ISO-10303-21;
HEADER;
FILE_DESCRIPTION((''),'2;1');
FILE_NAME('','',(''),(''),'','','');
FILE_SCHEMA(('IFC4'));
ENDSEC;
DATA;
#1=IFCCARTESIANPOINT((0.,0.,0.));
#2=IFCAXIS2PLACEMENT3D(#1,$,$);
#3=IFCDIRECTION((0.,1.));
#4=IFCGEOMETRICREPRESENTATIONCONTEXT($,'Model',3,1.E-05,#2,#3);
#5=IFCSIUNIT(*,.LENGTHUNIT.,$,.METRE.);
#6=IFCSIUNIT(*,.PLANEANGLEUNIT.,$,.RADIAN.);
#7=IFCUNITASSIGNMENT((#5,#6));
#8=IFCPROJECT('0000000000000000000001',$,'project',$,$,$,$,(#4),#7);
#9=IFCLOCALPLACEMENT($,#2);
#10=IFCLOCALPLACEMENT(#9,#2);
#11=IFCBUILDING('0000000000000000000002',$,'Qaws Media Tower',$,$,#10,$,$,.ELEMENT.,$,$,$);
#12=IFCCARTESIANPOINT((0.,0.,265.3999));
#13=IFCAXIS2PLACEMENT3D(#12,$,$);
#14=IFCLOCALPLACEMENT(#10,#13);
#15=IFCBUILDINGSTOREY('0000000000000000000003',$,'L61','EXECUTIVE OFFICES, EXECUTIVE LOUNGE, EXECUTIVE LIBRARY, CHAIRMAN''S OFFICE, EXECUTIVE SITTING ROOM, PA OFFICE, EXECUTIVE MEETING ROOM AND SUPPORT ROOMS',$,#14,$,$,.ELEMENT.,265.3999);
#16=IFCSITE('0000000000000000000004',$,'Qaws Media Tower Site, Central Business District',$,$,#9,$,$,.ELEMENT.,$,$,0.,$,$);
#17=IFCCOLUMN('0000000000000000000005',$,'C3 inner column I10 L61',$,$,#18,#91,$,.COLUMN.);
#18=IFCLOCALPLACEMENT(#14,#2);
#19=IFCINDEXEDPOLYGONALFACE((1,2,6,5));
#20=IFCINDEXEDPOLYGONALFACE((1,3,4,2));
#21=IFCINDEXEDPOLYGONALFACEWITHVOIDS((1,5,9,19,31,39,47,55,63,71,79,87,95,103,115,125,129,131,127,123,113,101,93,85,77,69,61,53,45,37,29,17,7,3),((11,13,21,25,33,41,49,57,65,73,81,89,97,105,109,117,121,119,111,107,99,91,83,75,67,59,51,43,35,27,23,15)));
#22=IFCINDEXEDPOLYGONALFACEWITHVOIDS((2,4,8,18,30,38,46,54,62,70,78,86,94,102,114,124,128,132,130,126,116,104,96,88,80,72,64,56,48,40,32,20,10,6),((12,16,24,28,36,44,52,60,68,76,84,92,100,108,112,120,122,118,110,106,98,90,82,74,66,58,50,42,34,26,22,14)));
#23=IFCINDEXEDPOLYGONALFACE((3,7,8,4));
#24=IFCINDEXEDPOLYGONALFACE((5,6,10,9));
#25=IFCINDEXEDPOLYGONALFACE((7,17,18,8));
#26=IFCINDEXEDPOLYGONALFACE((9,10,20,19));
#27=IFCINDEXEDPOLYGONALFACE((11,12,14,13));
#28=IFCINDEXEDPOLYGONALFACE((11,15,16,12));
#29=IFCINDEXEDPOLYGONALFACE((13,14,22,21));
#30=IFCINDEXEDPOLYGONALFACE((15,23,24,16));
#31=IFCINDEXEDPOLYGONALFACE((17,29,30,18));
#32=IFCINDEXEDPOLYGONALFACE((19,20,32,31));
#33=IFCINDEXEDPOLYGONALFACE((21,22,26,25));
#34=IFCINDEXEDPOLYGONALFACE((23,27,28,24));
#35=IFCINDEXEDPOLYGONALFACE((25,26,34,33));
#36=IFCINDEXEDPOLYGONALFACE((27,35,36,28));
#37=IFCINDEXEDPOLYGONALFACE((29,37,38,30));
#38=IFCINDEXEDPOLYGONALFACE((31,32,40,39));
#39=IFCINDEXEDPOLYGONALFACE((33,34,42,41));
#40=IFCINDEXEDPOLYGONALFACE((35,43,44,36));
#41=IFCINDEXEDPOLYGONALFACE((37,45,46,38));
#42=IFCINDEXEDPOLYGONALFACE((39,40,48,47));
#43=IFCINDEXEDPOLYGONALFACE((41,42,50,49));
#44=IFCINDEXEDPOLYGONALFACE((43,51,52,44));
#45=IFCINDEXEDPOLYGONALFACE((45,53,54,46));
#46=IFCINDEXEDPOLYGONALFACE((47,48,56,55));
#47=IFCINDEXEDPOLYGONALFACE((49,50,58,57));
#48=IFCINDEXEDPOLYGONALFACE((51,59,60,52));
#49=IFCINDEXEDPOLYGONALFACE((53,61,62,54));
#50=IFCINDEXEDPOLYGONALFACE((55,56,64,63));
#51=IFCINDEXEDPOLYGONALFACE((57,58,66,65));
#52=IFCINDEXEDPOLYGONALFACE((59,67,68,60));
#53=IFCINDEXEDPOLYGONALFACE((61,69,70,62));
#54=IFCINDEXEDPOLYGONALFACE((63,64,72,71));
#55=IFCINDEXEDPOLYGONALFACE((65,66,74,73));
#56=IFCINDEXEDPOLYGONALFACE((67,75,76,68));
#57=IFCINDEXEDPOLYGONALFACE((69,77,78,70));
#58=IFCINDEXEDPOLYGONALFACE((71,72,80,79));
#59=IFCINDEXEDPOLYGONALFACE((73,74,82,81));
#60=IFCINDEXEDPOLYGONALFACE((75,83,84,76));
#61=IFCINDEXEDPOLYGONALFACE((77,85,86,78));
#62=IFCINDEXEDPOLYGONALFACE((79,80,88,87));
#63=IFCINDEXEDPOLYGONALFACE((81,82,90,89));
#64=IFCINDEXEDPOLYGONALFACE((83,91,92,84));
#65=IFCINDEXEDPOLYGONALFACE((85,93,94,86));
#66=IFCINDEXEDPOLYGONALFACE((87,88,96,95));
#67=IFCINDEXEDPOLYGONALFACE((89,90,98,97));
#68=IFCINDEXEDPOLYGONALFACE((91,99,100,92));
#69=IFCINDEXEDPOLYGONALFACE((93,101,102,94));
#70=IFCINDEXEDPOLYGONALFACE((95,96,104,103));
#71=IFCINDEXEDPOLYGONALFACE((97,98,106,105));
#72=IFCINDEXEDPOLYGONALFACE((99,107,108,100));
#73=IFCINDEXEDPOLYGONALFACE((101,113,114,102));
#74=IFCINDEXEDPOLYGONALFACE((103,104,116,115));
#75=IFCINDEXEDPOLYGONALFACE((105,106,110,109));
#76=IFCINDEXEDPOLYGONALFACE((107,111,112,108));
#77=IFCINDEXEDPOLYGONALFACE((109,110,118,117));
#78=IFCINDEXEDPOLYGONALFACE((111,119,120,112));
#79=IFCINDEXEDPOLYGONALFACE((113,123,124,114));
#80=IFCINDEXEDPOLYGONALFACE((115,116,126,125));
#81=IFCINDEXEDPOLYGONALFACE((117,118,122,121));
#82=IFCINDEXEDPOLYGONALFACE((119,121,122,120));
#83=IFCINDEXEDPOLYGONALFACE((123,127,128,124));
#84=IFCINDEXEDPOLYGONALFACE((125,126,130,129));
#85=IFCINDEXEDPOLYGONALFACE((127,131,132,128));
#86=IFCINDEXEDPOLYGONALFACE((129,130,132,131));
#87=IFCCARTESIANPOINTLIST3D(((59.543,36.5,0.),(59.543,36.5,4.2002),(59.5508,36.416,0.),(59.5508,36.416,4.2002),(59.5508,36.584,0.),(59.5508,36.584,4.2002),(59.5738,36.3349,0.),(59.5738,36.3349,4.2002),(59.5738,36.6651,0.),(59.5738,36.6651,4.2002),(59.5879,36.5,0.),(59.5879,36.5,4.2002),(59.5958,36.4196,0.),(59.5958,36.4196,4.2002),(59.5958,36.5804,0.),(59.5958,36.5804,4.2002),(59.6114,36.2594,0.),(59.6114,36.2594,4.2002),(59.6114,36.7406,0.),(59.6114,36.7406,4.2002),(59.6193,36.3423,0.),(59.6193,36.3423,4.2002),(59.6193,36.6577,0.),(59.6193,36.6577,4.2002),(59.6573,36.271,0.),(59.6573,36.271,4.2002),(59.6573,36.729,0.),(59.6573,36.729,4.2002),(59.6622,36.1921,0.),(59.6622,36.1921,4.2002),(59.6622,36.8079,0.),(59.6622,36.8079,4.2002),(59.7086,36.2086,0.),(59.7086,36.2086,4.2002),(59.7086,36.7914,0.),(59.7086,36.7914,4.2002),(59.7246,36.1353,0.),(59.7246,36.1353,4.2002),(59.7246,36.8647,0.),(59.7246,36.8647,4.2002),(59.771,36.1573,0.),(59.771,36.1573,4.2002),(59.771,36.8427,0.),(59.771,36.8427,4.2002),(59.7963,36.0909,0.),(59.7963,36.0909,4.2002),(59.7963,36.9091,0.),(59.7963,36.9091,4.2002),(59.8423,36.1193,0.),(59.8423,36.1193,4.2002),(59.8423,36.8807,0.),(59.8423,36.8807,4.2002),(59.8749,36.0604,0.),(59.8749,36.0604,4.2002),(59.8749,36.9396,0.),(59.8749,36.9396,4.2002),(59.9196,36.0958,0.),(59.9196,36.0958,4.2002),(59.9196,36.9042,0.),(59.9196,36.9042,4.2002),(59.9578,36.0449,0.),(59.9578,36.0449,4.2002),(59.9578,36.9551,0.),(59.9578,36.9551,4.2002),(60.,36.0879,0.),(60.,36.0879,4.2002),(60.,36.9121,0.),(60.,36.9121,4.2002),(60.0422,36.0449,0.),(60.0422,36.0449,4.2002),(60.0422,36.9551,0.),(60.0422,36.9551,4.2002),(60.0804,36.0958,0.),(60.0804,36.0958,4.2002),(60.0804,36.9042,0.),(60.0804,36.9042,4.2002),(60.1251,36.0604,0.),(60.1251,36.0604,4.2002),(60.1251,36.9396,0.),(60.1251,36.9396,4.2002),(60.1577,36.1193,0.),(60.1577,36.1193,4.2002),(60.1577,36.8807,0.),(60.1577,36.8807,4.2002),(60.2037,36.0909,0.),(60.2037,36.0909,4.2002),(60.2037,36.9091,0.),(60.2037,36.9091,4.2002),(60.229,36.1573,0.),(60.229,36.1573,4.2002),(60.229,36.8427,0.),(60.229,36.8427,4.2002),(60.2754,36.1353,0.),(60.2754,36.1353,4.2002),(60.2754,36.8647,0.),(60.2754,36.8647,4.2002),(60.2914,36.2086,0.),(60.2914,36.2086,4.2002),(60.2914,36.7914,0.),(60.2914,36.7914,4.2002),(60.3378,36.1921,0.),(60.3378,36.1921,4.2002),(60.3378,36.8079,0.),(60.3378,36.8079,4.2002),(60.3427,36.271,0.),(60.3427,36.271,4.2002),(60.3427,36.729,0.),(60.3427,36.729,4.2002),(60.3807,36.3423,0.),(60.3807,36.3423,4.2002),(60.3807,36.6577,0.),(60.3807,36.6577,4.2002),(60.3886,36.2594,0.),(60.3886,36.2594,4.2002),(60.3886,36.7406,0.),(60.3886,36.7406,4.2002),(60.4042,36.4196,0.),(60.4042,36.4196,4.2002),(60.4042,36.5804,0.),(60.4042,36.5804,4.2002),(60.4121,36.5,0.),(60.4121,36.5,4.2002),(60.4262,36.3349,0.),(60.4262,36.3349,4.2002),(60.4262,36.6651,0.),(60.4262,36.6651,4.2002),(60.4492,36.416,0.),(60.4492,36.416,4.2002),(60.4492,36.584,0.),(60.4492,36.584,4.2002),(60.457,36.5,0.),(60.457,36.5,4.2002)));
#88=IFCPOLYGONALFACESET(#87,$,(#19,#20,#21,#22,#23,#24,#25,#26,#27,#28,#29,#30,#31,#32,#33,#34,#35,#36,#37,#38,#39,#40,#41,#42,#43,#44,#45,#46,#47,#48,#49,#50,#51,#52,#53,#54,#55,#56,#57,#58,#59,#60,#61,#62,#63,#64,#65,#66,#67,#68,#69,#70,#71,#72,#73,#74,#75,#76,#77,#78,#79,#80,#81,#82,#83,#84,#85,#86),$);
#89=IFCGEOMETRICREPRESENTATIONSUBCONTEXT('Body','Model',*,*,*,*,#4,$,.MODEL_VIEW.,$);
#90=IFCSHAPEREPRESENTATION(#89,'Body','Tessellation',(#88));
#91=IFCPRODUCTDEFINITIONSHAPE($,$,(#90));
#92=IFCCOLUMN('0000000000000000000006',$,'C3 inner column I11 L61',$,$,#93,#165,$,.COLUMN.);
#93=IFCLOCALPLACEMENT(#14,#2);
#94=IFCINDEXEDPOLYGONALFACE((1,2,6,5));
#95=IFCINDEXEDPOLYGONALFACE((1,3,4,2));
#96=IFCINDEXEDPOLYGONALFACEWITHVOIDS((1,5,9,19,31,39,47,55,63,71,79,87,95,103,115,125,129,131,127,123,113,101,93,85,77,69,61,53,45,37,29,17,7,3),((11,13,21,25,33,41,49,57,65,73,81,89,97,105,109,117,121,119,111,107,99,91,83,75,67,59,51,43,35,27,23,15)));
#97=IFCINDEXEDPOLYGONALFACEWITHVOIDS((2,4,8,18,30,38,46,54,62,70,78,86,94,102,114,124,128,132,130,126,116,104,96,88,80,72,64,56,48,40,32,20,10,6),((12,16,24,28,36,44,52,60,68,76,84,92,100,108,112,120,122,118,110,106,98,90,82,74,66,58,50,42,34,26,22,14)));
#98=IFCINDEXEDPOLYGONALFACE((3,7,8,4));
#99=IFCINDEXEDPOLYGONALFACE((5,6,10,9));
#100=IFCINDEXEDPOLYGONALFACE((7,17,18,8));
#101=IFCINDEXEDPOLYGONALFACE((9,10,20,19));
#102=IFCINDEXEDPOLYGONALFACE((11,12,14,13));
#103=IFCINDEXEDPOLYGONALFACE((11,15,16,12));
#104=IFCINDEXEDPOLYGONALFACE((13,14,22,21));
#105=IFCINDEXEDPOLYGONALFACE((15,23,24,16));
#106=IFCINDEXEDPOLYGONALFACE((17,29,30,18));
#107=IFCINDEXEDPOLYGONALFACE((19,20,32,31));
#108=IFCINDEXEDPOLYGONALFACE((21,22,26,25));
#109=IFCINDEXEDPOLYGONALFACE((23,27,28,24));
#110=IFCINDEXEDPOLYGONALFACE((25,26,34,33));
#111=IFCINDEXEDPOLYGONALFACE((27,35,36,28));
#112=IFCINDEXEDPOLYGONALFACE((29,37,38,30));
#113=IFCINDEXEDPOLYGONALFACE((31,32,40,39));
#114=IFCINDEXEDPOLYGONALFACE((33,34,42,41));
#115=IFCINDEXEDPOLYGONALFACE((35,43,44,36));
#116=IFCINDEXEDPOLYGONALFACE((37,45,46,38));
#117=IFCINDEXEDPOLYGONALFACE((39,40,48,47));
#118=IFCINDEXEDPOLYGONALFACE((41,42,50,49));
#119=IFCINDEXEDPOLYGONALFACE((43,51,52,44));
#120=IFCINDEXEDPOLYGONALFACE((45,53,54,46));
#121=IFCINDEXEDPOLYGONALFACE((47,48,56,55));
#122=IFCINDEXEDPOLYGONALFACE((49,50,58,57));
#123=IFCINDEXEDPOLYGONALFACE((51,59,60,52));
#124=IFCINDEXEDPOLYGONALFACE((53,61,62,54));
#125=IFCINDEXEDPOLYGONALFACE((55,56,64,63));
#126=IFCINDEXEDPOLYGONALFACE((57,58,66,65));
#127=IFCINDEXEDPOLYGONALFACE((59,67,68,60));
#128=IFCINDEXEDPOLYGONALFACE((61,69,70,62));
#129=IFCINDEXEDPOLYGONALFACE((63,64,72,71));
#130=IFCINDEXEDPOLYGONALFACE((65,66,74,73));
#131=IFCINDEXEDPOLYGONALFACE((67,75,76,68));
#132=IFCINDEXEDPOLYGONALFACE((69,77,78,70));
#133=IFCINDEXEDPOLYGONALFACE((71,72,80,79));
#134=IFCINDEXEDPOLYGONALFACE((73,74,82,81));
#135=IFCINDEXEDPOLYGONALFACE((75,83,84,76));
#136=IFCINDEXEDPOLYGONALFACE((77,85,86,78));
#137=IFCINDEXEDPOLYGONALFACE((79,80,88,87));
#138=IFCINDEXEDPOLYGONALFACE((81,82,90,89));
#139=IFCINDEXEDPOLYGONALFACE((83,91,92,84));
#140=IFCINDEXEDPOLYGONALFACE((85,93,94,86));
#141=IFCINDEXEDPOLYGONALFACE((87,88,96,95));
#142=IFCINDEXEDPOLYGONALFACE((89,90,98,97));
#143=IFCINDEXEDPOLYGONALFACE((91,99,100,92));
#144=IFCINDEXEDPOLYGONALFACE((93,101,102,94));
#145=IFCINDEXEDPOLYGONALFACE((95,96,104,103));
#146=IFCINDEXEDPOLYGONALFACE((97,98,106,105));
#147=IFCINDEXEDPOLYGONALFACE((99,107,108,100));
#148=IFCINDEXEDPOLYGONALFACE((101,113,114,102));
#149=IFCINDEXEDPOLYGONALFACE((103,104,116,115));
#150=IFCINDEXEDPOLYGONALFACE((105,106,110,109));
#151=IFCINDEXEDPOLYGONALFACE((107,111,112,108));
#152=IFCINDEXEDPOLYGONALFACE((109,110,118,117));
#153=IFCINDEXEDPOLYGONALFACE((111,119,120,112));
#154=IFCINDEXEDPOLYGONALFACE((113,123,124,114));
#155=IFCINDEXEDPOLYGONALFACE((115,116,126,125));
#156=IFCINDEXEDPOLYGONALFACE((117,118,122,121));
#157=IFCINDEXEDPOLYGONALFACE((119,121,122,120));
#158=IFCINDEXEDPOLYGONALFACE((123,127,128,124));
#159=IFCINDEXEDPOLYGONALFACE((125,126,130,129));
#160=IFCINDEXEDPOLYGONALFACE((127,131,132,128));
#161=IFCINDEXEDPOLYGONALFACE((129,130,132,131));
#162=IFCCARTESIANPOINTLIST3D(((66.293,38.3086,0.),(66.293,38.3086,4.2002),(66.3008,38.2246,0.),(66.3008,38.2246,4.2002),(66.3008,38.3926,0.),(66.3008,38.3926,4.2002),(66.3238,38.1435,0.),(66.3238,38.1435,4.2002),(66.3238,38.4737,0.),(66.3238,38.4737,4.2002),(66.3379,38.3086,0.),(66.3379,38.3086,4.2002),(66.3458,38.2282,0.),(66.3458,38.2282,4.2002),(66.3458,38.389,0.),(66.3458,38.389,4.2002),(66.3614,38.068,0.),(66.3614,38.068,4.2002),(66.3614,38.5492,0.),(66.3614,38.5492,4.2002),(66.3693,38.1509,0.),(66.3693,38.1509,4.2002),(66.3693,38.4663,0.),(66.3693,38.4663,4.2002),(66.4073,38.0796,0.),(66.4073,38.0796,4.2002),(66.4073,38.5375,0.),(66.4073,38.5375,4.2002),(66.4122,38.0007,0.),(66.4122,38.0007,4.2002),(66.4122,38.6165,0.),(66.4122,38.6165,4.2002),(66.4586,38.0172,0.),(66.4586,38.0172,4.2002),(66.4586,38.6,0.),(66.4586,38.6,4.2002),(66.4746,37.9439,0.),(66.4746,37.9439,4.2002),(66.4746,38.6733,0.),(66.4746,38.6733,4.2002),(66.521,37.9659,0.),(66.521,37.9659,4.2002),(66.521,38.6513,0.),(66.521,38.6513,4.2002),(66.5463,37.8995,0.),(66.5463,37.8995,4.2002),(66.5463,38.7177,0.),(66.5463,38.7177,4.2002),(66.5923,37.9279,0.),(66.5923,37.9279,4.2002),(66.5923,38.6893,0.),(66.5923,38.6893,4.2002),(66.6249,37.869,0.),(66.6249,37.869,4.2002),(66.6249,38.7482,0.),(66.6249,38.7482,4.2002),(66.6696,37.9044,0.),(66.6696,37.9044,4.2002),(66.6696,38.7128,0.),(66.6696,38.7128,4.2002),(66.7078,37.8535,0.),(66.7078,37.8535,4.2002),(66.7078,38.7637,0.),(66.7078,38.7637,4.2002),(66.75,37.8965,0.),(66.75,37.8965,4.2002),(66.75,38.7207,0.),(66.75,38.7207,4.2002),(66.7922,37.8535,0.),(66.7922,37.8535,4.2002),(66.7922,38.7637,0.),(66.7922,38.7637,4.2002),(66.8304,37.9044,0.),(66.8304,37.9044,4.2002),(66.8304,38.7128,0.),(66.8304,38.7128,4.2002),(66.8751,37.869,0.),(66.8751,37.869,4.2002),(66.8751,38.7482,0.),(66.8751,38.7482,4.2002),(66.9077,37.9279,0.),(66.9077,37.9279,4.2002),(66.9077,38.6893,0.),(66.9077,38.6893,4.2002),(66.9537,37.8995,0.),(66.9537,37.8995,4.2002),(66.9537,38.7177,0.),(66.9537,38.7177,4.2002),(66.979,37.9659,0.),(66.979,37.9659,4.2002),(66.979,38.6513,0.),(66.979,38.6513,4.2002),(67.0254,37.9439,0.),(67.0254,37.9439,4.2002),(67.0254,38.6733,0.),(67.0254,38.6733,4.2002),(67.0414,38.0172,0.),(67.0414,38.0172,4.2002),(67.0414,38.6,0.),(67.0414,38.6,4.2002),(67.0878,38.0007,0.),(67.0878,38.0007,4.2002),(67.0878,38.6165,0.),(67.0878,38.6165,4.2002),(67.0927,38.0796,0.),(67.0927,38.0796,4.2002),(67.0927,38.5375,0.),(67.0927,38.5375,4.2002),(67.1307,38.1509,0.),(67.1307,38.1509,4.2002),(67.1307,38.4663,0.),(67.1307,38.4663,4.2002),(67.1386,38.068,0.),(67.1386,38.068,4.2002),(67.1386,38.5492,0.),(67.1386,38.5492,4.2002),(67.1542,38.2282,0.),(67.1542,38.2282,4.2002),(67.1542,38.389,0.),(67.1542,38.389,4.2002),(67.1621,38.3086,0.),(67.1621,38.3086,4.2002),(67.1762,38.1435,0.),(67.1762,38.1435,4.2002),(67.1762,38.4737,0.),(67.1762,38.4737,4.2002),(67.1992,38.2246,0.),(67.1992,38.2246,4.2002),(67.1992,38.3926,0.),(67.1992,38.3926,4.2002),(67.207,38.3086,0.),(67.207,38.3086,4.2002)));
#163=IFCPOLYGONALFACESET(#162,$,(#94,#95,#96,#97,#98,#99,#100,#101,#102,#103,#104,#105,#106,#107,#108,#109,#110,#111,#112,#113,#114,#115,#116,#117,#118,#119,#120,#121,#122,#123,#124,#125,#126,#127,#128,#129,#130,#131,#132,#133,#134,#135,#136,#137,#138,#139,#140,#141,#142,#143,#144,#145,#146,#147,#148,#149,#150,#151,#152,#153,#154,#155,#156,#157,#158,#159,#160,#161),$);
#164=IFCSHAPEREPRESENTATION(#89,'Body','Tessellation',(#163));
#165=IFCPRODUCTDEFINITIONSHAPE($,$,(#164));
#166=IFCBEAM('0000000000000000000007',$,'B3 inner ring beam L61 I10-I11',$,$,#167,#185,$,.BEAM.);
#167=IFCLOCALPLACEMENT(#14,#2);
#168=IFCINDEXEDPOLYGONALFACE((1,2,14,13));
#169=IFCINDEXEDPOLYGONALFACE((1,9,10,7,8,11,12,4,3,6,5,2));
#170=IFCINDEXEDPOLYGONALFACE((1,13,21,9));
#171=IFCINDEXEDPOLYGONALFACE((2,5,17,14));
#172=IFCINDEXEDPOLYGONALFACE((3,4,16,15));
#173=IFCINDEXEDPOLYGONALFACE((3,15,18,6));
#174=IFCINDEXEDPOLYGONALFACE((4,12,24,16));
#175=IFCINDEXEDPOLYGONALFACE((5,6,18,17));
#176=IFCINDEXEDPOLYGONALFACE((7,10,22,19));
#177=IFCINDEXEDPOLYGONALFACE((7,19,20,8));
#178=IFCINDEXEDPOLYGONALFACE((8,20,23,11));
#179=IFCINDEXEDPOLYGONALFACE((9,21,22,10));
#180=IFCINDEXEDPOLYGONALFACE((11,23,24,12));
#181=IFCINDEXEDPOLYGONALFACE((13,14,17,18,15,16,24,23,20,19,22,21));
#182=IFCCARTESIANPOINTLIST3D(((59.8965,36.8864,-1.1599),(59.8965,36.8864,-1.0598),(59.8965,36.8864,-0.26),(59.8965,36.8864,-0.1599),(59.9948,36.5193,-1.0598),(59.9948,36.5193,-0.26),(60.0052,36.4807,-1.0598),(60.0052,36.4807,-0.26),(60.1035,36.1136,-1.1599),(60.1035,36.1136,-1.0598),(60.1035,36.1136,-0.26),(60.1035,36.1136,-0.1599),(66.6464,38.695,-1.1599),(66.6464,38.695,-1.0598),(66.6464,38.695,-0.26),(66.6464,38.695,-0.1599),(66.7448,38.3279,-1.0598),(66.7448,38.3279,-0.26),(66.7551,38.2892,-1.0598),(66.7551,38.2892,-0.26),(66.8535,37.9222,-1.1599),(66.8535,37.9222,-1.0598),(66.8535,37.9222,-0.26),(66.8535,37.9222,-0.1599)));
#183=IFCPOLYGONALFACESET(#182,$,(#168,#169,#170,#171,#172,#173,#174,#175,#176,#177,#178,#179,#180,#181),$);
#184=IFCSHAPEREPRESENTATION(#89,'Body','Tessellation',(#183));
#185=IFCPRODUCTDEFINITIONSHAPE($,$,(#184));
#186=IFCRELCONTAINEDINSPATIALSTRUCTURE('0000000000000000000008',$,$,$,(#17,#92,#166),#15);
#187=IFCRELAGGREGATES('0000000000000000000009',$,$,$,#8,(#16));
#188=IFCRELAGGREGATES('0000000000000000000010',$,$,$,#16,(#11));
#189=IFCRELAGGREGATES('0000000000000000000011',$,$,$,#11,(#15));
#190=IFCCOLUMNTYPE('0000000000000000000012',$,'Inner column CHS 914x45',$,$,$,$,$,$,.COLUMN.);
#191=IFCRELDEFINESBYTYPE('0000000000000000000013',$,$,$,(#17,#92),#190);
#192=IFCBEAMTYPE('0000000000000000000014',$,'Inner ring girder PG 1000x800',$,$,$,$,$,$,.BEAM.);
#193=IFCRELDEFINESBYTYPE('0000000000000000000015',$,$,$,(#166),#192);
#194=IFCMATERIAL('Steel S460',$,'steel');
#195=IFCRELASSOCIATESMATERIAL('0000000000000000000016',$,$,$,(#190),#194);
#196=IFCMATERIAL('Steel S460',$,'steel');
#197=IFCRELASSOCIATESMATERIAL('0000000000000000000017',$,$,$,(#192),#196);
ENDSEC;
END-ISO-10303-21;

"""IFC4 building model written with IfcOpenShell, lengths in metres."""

from ifc_helpers import new_model, si_unit, direction, frame, origin, origin_2d, place, context, subcontext, project, spatial, hollow_circle, i_section, extrude, material, material_profile, profile_set, type_object, element, save


model = new_model("IFC4")

# Units and contexts
model_context = context("Model", 3, precision=1e-05, world=origin(), true_north=direction((0.0, 1.0)))
body_context = subcontext(model_context, "Body", "Model", "MODEL_VIEW")
ifc_project = project(units=[si_unit("LENGTHUNIT", "METRE"), si_unit("PLANEANGLEUNIT", "RADIAN")], contexts=[model_context])

# Site, building, storey
site_placement = place(None, origin())
site = spatial("IfcSite", under=ifc_project, at=site_placement, Name="Qaws Media Tower Site, Central Business District", CompositionType="ELEMENT", RefElevation=0.0)
building_placement = place(site_placement, origin())
building = spatial("IfcBuilding", under=site, at=building_placement, Name="Qaws Media Tower", CompositionType="ELEMENT")
storey_placement = place(building_placement, frame((0.0, 0.0, 265.3999)))
storey = spatial("IfcBuildingStorey", under=building, at=storey_placement, Name="L61", Description="EXECUTIVE OFFICES, EXECUTIVE LOUNGE, EXECUTIVE LIBRARY, CHAIRMAN'S OFFICE, EXECUTIVE SITTING ROOM, PA OFFICE, EXECUTIVE MEETING ROOM AND SUPPORT ROOMS", CompositionType="ELEMENT", Elevation=265.3999)

# Columns
ifc_material_1 = material(Name="Steel S460", Category="steel")
ifc_material_profile_1 = material_profile(ifc_material_1, hollow_circle(Radius=0.457, WallThickness=0.0449, at=origin_2d()), Name="CHS 914x45")
ifc_profile_set_1 = profile_set([ifc_material_profile_1], Name="Steel S460")
column_type = type_object("IfcColumnType", Name="Inner column CHS 914x45", PredefinedType="COLUMN", material=ifc_profile_set_1)
for number, where, z_axis, x_axis, name in (
    (1, (60.0, 36.5, 0.0), (0.0, 0.0, 1.0), (1.0, 0.0, 0.0), "C3 inner column I10 L61"),
    (2, (66.75, 38.3086, 0.0), (0.0, 0.0, 1.0), (1.0, 0.0, 0.0), "C3 inner column I11 L61"),
):
    element("IfcColumn", number, at=place(storey_placement, frame(where, z_axis=z_axis, x_axis=x_axis)), inside=storey, type_object=column_type, Name=name, PredefinedType="COLUMN", context=body_context, shape_type="SweptSolid", body=[
        extrude(hollow_circle(Radius=0.457, WallThickness=0.0449, at=origin_2d()), origin(), (0.0, 0.0, 1.0), 4.2002),
    ])

# Beam
ifc_material_2 = material(Name="Steel S460", Category="steel")
ifc_material_profile_2 = material_profile(ifc_material_2, i_section(OverallWidth=0.8, OverallDepth=1.0, WebThickness=0.04, FlangeThickness=0.1001, at=origin_2d()), Name="PG 1000x800")
ifc_profile_set_2 = profile_set([ifc_material_profile_2], Name="Steel S460")
beam_type_1 = type_object("IfcBeamType", Name="Inner ring girder PG 1000x800", PredefinedType="BEAM", material=ifc_profile_set_2)
beam_1_placement = place(storey_placement, frame((60.0, 36.5, -0.6599), z_axis=(0.965928, 0.258811, 0.0), x_axis=(-0.258811, 0.965928, 0.0)))
element("IfcBeam", 3, at=beam_1_placement, inside=storey, type_object=beam_type_1, Name="B3 inner ring beam L61 I10-I11", PredefinedType="BEAM", context=body_context, shape_type="SweptSolid", body=[
    extrude(i_section(OverallWidth=0.8, OverallDepth=1.0, WebThickness=0.04, FlangeThickness=0.1001, at=origin_2d()), origin(), (0.0, 0.0, 1.0), 6.988),
])

save(model, "model.ifc")
